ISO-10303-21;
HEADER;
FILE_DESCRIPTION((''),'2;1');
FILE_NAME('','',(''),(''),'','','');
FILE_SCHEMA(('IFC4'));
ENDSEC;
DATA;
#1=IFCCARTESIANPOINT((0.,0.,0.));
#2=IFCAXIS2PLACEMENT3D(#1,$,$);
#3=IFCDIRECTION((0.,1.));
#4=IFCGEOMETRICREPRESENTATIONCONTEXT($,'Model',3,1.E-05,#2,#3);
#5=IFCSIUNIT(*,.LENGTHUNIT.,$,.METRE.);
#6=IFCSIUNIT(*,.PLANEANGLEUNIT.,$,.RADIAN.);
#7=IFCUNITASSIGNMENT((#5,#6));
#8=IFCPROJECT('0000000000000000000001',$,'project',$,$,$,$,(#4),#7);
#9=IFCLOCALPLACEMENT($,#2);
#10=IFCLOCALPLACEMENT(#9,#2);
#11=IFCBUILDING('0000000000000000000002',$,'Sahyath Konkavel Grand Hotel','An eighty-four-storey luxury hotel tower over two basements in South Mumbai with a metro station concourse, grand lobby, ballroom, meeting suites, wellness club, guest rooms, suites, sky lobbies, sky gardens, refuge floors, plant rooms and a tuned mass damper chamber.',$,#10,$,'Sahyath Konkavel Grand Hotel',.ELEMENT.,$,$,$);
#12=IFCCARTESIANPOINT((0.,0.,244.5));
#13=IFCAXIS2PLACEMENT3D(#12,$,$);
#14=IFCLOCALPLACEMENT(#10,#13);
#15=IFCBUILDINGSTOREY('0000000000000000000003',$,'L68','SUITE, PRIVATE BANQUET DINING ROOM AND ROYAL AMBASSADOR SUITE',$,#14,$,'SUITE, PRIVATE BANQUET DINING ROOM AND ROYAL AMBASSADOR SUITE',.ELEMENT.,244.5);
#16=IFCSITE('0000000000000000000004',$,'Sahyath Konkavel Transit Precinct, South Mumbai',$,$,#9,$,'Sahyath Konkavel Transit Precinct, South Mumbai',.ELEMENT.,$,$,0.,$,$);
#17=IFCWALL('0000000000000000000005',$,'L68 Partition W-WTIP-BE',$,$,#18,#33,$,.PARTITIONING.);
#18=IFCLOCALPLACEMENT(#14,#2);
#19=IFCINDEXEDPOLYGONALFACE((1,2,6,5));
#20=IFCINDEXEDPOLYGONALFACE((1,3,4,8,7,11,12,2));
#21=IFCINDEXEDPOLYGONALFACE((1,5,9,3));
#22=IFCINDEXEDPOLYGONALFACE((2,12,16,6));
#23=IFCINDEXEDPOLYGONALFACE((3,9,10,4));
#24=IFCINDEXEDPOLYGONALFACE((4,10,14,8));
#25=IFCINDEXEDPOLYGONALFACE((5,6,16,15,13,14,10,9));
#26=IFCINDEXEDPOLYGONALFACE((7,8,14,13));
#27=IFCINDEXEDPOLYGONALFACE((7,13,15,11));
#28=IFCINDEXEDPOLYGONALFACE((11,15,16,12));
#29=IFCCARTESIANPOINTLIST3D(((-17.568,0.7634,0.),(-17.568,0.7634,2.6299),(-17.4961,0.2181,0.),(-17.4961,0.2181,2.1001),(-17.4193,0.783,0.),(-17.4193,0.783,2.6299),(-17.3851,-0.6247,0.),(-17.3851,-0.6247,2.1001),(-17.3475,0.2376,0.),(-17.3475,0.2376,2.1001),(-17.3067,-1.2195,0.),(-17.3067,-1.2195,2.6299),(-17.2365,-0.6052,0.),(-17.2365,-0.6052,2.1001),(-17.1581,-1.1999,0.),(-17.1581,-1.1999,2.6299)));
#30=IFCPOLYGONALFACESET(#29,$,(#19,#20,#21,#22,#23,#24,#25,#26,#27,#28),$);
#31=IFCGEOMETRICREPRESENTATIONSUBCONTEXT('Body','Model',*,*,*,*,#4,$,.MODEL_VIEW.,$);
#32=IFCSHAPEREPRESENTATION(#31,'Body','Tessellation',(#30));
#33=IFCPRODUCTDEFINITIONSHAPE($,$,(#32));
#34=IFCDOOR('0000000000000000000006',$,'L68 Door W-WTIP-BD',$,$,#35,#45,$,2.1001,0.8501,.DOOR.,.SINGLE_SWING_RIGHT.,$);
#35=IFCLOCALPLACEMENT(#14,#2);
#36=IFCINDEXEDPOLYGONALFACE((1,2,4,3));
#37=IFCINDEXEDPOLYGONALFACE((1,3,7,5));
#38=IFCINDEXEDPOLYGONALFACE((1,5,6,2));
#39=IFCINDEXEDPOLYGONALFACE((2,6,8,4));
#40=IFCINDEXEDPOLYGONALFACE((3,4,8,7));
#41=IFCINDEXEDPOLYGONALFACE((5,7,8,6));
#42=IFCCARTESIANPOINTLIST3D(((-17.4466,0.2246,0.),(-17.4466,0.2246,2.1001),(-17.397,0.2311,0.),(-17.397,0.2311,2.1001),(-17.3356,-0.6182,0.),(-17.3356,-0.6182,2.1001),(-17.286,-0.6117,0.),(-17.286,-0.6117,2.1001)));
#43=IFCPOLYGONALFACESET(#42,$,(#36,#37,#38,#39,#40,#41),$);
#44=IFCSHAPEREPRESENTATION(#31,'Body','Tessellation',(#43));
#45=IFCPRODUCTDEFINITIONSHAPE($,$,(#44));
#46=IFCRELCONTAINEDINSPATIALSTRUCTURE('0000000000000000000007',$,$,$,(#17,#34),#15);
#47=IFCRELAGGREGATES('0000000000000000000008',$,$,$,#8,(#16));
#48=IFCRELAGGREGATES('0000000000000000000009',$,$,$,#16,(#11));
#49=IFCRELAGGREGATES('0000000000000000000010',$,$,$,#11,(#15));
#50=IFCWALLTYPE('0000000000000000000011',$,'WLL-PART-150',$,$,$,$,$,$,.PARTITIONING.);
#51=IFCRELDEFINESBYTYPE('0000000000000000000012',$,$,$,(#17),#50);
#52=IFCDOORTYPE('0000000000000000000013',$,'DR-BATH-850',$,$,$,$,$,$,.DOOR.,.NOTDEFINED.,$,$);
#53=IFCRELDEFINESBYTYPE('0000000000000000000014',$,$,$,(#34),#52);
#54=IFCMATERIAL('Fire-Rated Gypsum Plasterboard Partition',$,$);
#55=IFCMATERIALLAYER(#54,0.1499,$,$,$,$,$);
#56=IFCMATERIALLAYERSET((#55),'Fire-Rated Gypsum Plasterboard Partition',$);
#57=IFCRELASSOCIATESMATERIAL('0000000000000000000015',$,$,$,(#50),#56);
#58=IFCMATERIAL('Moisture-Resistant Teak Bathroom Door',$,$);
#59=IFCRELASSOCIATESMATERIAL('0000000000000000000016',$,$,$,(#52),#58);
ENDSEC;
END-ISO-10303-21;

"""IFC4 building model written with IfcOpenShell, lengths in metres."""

from ifc_helpers import new_model, si_unit, direction, frame, frame_2d, origin, origin_2d, place, context, subcontext, project, spatial, rectangle, extrude, source, transform, mapped, material, layer, layer_set, type_object, element, fill, save


model = new_model("IFC4")

# Units and contexts
model_context = context("Model", 3, precision=1e-05, world=origin(), true_north=direction((0.0, 1.0)))
body_context = subcontext(model_context, "Body", "Model", "MODEL_VIEW")
ifc_project = project(units=[si_unit("LENGTHUNIT", "METRE"), si_unit("PLANEANGLEUNIT", "RADIAN")], contexts=[model_context])

# Site, building, storey
site_placement = place(None, origin())
site = spatial("IfcSite", under=ifc_project, at=site_placement, Name="Sahyath Konkavel Transit Precinct, South Mumbai", LongName="Sahyath Konkavel Transit Precinct, South Mumbai", CompositionType="ELEMENT", RefElevation=0.0)
building_placement = place(site_placement, origin())
building = spatial("IfcBuilding", under=site, at=building_placement, Name="Sahyath Konkavel Grand Hotel", Description="An eighty-four-storey luxury hotel tower over two basements in South Mumbai with a metro station concourse, grand lobby, ballroom, meeting suites, wellness club, guest rooms, suites, sky lobbies, sky gardens, refuge floors, plant rooms and a tuned mass damper chamber.", LongName="Sahyath Konkavel Grand Hotel", CompositionType="ELEMENT")
storey_placement = place(building_placement, frame((0.0, 0.0, 244.5)))
storey = spatial("IfcBuildingStorey", under=building, at=storey_placement, Name="L68", Description="SUITE, PRIVATE BANQUET DINING ROOM AND ROYAL AMBASSADOR SUITE", LongName="SUITE, PRIVATE BANQUET DINING ROOM AND ROYAL AMBASSADOR SUITE", CompositionType="ELEMENT", Elevation=244.5)

# Shared definitions
shared_shape_1 = source(origin(), body_context, "Body", "SweptSolid", [
    extrude(rectangle(XDim=0.8501, YDim=0.05, at=origin_2d()), origin(), (0.0, 0.0, 1.0), 2.1001),
])

# Shared definitions
ifc_material_1 = material(Name="Fire-Rated Gypsum Plasterboard Partition")
ifc_layer_1 = layer(ifc_material_1, 0.1499)
ifc_layer_set_1 = layer_set([ifc_layer_1], Name="Fire-Rated Gypsum Plasterboard Partition")
wall_type_1 = type_object("IfcWallType", Name="WLL-PART-150", PredefinedType="PARTITIONING", material=ifc_layer_set_1)

# Wall, opening, door
wall_1_placement = place(storey_placement, frame((-17.4937, 0.7732, 0.0), z_axis=(0.0, 0.0, 1.0), x_axis=(0.130612, -0.991434, 0.0)))
wall_1 = element("IfcWall", 1, at=wall_1_placement, inside=storey, type_object=wall_type_1, Name="L68 Partition W-WTIP-BE", PredefinedType="PARTITIONING", context=body_context, shape_type="SweptSolid", body=[
    extrude(rectangle(XDim=2.0, YDim=0.1499, at=frame_2d((1.0, 0.0))), origin(), (0.0, 0.0, 1.0), 2.6299),
])
opening_1_placement = place(wall_1_placement, frame((0.55, 0.0, 0.0)))
opening_1 = element("IfcOpeningElement", 2, at=opening_1_placement, cuts=wall_1, PredefinedType="OPENING", context=body_context, shape_type="SweptSolid", body=[
    extrude(rectangle(XDim=0.8501, YDim=2.1001, at=frame_2d((0.425, 1.05))), frame((0.0, 0.085, 0.0), z_axis=(0.0, -1.0, 0.0), x_axis=(1.0, 0.0, 0.0)), (0.0, 0.0, 1.0), 0.1699),
])
ifc_material_2 = material(Name="Moisture-Resistant Teak Bathroom Door")
door_type_1 = type_object("IfcDoorType", Name="DR-BATH-850", OperationType="NOTDEFINED", PredefinedType="DOOR", material=ifc_material_2)
door_1_placement = place(opening_1_placement, frame((0.425, 0.0, 0.0)))
door_1 = element("IfcDoor", 3, at=door_1_placement, inside=storey, type_object=door_type_1, Name="L68 Door W-WTIP-BD", OperationType="SINGLE_SWING_RIGHT", OverallHeight=2.1001, OverallWidth=0.8501, PredefinedType="DOOR", context=body_context, shape_type="MappedRepresentation", body=[
    mapped(shared_shape_1, transform((0.0, 0.0, 0.0), scale=1.0)),
])
fill(opening_1, door_1)

save(model, "model.ifc")
